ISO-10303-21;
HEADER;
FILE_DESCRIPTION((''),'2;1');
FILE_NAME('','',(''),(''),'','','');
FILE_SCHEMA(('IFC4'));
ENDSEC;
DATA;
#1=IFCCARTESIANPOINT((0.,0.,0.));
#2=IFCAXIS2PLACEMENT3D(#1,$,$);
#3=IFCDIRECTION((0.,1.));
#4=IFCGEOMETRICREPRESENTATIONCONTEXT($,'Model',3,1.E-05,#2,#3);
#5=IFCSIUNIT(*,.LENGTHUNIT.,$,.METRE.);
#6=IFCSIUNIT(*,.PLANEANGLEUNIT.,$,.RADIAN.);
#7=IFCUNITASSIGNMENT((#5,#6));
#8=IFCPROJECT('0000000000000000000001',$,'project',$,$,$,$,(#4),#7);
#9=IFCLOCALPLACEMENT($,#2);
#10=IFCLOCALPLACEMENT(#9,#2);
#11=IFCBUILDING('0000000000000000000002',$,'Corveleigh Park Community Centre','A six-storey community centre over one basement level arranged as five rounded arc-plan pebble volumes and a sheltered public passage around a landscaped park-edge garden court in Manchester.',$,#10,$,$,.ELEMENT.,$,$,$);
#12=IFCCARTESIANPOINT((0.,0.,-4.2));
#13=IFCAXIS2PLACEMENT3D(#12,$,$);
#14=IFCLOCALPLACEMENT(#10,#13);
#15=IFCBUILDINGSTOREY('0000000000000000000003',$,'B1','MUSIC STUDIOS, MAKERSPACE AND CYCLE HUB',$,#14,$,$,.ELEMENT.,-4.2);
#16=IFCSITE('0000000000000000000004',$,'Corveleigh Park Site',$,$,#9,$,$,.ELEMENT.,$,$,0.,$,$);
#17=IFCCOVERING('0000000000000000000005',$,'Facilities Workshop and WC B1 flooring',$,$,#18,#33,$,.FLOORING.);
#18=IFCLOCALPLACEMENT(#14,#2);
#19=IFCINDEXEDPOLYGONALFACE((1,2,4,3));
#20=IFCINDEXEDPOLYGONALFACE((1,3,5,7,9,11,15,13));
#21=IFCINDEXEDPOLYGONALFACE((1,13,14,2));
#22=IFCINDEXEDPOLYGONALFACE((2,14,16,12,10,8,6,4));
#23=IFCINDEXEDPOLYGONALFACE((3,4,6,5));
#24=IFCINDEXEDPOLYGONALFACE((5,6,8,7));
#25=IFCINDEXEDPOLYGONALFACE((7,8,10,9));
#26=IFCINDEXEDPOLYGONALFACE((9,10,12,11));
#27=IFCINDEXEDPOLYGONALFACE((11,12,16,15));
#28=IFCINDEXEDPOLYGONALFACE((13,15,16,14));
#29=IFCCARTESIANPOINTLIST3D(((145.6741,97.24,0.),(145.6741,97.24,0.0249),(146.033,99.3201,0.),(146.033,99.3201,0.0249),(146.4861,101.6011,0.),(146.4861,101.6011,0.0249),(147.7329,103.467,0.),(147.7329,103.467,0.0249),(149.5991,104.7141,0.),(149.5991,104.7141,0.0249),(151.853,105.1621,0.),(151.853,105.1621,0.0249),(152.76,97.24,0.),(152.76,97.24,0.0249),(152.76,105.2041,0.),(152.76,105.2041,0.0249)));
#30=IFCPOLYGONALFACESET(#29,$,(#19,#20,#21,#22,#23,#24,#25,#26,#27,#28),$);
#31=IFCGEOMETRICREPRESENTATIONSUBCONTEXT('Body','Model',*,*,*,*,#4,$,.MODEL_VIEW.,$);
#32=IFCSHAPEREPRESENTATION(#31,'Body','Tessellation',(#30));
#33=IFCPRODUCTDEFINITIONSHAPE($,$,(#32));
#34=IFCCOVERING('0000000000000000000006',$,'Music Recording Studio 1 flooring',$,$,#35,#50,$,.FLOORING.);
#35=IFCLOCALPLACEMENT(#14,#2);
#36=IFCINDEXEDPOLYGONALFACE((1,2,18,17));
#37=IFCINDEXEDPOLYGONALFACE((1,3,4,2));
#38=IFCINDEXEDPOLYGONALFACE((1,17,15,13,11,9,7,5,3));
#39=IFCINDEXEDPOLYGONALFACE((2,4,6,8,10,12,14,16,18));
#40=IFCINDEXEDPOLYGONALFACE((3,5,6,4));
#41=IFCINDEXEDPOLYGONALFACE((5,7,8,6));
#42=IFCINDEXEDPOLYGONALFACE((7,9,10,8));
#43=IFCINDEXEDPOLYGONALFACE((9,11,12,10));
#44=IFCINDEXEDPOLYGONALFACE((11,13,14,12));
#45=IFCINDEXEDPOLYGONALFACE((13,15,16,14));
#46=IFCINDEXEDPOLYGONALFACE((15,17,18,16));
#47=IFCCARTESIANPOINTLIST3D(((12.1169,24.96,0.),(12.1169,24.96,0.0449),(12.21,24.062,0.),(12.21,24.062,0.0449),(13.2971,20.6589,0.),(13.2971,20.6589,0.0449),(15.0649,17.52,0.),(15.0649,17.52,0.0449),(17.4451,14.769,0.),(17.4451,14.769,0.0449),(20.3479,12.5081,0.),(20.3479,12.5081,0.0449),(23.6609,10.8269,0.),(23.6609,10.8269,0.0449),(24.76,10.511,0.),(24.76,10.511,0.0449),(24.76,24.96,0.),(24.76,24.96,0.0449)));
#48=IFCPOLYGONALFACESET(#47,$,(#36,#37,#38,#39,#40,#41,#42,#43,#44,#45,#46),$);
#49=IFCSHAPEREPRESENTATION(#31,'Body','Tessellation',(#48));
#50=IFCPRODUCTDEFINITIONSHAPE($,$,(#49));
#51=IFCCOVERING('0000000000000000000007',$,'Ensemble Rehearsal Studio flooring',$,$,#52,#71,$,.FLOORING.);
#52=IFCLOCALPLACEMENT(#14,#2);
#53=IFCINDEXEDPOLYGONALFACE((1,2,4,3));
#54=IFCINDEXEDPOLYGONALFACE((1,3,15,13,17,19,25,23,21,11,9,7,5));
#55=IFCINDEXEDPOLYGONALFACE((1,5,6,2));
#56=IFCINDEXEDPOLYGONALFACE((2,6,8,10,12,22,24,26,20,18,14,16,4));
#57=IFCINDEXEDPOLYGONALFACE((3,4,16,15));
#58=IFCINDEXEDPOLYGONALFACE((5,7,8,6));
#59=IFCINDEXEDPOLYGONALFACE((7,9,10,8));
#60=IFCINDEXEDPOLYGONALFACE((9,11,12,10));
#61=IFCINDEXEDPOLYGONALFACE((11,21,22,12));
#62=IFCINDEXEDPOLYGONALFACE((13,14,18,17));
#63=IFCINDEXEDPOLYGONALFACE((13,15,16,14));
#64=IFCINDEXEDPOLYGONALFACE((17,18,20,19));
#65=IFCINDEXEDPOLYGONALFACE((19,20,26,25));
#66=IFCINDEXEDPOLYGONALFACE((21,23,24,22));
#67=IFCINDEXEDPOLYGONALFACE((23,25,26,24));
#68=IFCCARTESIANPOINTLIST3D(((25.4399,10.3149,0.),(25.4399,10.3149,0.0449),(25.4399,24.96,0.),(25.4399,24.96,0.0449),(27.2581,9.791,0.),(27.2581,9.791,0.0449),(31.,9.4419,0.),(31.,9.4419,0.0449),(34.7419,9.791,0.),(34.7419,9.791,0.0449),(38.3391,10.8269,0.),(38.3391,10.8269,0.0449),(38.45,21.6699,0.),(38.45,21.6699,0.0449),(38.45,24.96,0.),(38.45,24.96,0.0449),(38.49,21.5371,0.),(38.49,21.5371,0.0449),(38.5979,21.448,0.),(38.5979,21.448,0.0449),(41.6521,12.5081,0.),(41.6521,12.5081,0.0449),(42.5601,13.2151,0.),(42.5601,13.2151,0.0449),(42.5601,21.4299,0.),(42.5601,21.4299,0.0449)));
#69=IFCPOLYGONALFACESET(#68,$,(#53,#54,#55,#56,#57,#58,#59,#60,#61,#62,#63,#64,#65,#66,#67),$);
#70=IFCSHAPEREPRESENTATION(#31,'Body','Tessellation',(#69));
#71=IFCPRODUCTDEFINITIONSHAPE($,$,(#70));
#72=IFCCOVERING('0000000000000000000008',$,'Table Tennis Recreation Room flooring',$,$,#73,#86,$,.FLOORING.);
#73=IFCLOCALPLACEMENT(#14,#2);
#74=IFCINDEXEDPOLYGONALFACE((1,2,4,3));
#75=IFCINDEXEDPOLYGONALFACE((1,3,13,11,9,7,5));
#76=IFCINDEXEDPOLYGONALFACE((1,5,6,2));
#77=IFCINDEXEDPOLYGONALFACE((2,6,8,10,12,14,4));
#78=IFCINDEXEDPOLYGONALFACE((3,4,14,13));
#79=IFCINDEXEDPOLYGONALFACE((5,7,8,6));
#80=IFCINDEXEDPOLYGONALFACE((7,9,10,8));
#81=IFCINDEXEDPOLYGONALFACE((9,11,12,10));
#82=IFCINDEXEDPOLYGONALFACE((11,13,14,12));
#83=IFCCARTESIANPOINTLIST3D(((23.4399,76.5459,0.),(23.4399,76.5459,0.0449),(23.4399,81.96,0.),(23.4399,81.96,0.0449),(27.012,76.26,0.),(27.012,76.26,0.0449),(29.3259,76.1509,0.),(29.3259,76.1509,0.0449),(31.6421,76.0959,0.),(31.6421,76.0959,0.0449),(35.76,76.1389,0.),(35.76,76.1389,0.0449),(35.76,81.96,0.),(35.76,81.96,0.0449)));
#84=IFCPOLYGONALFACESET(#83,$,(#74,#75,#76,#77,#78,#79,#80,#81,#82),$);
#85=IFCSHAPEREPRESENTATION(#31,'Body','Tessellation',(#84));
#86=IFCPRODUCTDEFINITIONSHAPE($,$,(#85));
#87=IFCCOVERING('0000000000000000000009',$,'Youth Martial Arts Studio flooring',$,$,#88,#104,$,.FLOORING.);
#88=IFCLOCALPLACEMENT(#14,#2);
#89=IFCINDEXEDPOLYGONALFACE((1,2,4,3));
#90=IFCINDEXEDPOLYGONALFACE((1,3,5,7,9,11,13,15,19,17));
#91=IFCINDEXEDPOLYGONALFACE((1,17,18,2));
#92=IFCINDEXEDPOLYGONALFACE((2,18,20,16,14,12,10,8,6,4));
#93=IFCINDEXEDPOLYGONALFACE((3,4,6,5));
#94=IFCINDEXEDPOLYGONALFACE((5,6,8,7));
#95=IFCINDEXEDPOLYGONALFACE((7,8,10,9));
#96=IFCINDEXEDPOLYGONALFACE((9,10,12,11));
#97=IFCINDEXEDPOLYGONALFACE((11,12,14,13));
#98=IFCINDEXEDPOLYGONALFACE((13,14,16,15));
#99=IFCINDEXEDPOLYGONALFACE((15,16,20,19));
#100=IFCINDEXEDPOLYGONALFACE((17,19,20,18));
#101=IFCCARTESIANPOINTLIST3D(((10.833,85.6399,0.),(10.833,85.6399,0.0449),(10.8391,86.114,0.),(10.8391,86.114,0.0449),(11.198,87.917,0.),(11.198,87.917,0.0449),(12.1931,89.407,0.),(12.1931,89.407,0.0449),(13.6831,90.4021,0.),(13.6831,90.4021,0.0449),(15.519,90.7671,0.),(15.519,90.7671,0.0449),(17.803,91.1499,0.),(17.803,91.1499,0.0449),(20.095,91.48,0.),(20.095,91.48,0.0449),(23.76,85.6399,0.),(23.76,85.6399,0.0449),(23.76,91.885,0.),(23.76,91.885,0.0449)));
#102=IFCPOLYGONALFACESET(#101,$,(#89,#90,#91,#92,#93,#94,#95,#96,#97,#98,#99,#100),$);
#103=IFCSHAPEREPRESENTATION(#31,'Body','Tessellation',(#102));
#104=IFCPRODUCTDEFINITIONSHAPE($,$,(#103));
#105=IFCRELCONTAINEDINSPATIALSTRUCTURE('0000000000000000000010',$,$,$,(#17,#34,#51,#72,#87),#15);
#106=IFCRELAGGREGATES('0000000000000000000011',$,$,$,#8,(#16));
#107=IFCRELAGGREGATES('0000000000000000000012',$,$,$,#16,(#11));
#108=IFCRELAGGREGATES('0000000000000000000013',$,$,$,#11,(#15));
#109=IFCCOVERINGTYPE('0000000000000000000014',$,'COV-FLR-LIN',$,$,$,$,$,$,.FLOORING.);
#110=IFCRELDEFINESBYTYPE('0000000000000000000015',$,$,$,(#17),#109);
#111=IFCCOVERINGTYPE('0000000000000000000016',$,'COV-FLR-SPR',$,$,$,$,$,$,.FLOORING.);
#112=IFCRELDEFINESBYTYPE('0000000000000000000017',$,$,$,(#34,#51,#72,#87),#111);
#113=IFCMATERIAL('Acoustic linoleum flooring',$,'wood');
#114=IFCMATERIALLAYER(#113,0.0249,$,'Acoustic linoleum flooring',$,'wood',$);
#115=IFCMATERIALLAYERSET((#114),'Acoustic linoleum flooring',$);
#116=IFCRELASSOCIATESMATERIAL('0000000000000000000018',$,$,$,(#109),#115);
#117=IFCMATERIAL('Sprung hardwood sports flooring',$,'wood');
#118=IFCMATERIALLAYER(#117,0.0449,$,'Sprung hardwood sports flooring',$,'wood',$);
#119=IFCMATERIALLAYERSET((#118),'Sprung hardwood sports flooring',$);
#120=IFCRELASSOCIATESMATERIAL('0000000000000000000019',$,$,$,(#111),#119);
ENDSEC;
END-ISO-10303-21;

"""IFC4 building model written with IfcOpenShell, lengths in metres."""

from ifc_helpers import new_model, si_unit, direction, frame, origin, place, context, subcontext, project, spatial, polyline, outline, extrude, material, layer, layer_set, type_object, element, save


model = new_model("IFC4")

# Units and contexts
model_context = context("Model", 3, precision=1e-05, world=origin(), true_north=direction((0.0, 1.0)))
body_context = subcontext(model_context, "Body", "Model", "MODEL_VIEW")
ifc_project = project(units=[si_unit("LENGTHUNIT", "METRE"), si_unit("PLANEANGLEUNIT", "RADIAN")], contexts=[model_context])

# Site, building, storey
site_placement = place(None, origin())
site = spatial("IfcSite", under=ifc_project, at=site_placement, Name="Corveleigh Park Site", CompositionType="ELEMENT", RefElevation=0.0)
building_placement = place(site_placement, origin())
building = spatial("IfcBuilding", under=site, at=building_placement, Name="Corveleigh Park Community Centre", Description="A six-storey community centre over one basement level arranged as five rounded arc-plan pebble volumes and a sheltered public passage around a landscaped park-edge garden court in Manchester.", CompositionType="ELEMENT")
storey_placement = place(building_placement, frame((0.0, 0.0, -4.2)))
storey = spatial("IfcBuildingStorey", under=building, at=storey_placement, Name="B1", Description="MUSIC STUDIOS, MAKERSPACE AND CYCLE HUB", CompositionType="ELEMENT", Elevation=-4.2)

# Coverings
ifc_material_1 = material(Name="Acoustic linoleum flooring", Category="wood")
ifc_layer_1 = layer(ifc_material_1, 0.0249, Name="Acoustic linoleum flooring", Category="wood")
ifc_layer_set_1 = layer_set([ifc_layer_1], Name="Acoustic linoleum flooring")
covering_type_1 = type_object("IfcCoveringType", Name="COV-FLR-LIN", PredefinedType="FLOORING", material=ifc_layer_set_1)
covering_1_placement = place(storey_placement, origin())
element("IfcCovering", 1, at=covering_1_placement, inside=storey, type_object=covering_type_1, Name="Facilities Workshop and WC B1 flooring", PredefinedType="FLOORING", context=body_context, shape_type="SweptSolid", body=[
    extrude(outline(polyline([(151.853, 105.1621), (152.76, 105.2041), (152.76, 97.24), (145.6741, 97.24), (146.033, 99.3201), (146.4861, 101.6011), (147.7329, 103.467), (149.5991, 104.7141), (151.853, 105.1621)])), origin(), (0.0, 0.0, 1.0), 0.0249),
])
ifc_material_2 = material(Name="Sprung hardwood sports flooring", Category="wood")
ifc_layer_2 = layer(ifc_material_2, 0.0449, Name="Sprung hardwood sports flooring", Category="wood")
ifc_layer_set_2 = layer_set([ifc_layer_2], Name="Sprung hardwood sports flooring")
covering_type_2 = type_object("IfcCoveringType", Name="COV-FLR-SPR", PredefinedType="FLOORING", material=ifc_layer_set_2)
covering_2_placement = place(storey_placement, origin())
element("IfcCovering", 2, at=covering_2_placement, inside=storey, type_object=covering_type_2, Name="Music Recording Studio 1 flooring", PredefinedType="FLOORING", context=body_context, shape_type="SweptSolid", body=[
    extrude(outline(polyline([(15.0649, 17.52), (13.2971, 20.6589), (12.21, 24.062), (12.1169, 24.96), (24.76, 24.96), (24.76, 10.511), (23.6609, 10.8269), (20.3479, 12.5081), (17.4451, 14.769), (15.0649, 17.52)])), origin(), (0.0, 0.0, 1.0), 0.0449),
])
covering_3_placement = place(storey_placement, origin())
element("IfcCovering", 3, at=covering_3_placement, inside=storey, type_object=covering_type_2, Name="Ensemble Rehearsal Studio flooring", PredefinedType="FLOORING", context=body_context, shape_type="SweptSolid", body=[
    extrude(outline(polyline([(38.5979, 21.448), (42.5601, 21.4299), (42.5601, 13.2151), (41.6521, 12.5081), (38.3391, 10.8269), (34.7419, 9.791), (31.0, 9.4419), (27.2581, 9.791), (25.4399, 10.3149), (25.4399, 24.96), (38.45, 24.96), (38.45, 21.6699), (38.49, 21.5371), (38.5979, 21.448)])), origin(), (0.0, 0.0, 1.0), 0.0449),
])
covering_4_placement = place(storey_placement, origin())
element("IfcCovering", 4, at=covering_4_placement, inside=storey, type_object=covering_type_2, Name="Table Tennis Recreation Room flooring", PredefinedType="FLOORING", context=body_context, shape_type="SweptSolid", body=[
    extrude(outline(polyline([(29.3259, 76.1509), (27.012, 76.26), (23.4399, 76.5459), (23.4399, 81.96), (35.76, 81.96), (35.76, 76.1389), (31.6421, 76.0959), (29.3259, 76.1509)])), origin(), (0.0, 0.0, 1.0), 0.0449),
])
covering_5_placement = place(storey_placement, origin())
element("IfcCovering", 5, at=covering_5_placement, inside=storey, type_object=covering_type_2, Name="Youth Martial Arts Studio flooring", PredefinedType="FLOORING", context=body_context, shape_type="SweptSolid", body=[
    extrude(outline(polyline([(11.198, 87.917), (12.1931, 89.407), (13.6831, 90.4021), (15.519, 90.7671), (17.803, 91.1499), (20.095, 91.48), (23.76, 91.885), (23.76, 85.6399), (10.833, 85.6399), (10.8391, 86.114), (11.198, 87.917)])), origin(), (0.0, 0.0, 1.0), 0.0449),
])

save(model, "model.ifc")
